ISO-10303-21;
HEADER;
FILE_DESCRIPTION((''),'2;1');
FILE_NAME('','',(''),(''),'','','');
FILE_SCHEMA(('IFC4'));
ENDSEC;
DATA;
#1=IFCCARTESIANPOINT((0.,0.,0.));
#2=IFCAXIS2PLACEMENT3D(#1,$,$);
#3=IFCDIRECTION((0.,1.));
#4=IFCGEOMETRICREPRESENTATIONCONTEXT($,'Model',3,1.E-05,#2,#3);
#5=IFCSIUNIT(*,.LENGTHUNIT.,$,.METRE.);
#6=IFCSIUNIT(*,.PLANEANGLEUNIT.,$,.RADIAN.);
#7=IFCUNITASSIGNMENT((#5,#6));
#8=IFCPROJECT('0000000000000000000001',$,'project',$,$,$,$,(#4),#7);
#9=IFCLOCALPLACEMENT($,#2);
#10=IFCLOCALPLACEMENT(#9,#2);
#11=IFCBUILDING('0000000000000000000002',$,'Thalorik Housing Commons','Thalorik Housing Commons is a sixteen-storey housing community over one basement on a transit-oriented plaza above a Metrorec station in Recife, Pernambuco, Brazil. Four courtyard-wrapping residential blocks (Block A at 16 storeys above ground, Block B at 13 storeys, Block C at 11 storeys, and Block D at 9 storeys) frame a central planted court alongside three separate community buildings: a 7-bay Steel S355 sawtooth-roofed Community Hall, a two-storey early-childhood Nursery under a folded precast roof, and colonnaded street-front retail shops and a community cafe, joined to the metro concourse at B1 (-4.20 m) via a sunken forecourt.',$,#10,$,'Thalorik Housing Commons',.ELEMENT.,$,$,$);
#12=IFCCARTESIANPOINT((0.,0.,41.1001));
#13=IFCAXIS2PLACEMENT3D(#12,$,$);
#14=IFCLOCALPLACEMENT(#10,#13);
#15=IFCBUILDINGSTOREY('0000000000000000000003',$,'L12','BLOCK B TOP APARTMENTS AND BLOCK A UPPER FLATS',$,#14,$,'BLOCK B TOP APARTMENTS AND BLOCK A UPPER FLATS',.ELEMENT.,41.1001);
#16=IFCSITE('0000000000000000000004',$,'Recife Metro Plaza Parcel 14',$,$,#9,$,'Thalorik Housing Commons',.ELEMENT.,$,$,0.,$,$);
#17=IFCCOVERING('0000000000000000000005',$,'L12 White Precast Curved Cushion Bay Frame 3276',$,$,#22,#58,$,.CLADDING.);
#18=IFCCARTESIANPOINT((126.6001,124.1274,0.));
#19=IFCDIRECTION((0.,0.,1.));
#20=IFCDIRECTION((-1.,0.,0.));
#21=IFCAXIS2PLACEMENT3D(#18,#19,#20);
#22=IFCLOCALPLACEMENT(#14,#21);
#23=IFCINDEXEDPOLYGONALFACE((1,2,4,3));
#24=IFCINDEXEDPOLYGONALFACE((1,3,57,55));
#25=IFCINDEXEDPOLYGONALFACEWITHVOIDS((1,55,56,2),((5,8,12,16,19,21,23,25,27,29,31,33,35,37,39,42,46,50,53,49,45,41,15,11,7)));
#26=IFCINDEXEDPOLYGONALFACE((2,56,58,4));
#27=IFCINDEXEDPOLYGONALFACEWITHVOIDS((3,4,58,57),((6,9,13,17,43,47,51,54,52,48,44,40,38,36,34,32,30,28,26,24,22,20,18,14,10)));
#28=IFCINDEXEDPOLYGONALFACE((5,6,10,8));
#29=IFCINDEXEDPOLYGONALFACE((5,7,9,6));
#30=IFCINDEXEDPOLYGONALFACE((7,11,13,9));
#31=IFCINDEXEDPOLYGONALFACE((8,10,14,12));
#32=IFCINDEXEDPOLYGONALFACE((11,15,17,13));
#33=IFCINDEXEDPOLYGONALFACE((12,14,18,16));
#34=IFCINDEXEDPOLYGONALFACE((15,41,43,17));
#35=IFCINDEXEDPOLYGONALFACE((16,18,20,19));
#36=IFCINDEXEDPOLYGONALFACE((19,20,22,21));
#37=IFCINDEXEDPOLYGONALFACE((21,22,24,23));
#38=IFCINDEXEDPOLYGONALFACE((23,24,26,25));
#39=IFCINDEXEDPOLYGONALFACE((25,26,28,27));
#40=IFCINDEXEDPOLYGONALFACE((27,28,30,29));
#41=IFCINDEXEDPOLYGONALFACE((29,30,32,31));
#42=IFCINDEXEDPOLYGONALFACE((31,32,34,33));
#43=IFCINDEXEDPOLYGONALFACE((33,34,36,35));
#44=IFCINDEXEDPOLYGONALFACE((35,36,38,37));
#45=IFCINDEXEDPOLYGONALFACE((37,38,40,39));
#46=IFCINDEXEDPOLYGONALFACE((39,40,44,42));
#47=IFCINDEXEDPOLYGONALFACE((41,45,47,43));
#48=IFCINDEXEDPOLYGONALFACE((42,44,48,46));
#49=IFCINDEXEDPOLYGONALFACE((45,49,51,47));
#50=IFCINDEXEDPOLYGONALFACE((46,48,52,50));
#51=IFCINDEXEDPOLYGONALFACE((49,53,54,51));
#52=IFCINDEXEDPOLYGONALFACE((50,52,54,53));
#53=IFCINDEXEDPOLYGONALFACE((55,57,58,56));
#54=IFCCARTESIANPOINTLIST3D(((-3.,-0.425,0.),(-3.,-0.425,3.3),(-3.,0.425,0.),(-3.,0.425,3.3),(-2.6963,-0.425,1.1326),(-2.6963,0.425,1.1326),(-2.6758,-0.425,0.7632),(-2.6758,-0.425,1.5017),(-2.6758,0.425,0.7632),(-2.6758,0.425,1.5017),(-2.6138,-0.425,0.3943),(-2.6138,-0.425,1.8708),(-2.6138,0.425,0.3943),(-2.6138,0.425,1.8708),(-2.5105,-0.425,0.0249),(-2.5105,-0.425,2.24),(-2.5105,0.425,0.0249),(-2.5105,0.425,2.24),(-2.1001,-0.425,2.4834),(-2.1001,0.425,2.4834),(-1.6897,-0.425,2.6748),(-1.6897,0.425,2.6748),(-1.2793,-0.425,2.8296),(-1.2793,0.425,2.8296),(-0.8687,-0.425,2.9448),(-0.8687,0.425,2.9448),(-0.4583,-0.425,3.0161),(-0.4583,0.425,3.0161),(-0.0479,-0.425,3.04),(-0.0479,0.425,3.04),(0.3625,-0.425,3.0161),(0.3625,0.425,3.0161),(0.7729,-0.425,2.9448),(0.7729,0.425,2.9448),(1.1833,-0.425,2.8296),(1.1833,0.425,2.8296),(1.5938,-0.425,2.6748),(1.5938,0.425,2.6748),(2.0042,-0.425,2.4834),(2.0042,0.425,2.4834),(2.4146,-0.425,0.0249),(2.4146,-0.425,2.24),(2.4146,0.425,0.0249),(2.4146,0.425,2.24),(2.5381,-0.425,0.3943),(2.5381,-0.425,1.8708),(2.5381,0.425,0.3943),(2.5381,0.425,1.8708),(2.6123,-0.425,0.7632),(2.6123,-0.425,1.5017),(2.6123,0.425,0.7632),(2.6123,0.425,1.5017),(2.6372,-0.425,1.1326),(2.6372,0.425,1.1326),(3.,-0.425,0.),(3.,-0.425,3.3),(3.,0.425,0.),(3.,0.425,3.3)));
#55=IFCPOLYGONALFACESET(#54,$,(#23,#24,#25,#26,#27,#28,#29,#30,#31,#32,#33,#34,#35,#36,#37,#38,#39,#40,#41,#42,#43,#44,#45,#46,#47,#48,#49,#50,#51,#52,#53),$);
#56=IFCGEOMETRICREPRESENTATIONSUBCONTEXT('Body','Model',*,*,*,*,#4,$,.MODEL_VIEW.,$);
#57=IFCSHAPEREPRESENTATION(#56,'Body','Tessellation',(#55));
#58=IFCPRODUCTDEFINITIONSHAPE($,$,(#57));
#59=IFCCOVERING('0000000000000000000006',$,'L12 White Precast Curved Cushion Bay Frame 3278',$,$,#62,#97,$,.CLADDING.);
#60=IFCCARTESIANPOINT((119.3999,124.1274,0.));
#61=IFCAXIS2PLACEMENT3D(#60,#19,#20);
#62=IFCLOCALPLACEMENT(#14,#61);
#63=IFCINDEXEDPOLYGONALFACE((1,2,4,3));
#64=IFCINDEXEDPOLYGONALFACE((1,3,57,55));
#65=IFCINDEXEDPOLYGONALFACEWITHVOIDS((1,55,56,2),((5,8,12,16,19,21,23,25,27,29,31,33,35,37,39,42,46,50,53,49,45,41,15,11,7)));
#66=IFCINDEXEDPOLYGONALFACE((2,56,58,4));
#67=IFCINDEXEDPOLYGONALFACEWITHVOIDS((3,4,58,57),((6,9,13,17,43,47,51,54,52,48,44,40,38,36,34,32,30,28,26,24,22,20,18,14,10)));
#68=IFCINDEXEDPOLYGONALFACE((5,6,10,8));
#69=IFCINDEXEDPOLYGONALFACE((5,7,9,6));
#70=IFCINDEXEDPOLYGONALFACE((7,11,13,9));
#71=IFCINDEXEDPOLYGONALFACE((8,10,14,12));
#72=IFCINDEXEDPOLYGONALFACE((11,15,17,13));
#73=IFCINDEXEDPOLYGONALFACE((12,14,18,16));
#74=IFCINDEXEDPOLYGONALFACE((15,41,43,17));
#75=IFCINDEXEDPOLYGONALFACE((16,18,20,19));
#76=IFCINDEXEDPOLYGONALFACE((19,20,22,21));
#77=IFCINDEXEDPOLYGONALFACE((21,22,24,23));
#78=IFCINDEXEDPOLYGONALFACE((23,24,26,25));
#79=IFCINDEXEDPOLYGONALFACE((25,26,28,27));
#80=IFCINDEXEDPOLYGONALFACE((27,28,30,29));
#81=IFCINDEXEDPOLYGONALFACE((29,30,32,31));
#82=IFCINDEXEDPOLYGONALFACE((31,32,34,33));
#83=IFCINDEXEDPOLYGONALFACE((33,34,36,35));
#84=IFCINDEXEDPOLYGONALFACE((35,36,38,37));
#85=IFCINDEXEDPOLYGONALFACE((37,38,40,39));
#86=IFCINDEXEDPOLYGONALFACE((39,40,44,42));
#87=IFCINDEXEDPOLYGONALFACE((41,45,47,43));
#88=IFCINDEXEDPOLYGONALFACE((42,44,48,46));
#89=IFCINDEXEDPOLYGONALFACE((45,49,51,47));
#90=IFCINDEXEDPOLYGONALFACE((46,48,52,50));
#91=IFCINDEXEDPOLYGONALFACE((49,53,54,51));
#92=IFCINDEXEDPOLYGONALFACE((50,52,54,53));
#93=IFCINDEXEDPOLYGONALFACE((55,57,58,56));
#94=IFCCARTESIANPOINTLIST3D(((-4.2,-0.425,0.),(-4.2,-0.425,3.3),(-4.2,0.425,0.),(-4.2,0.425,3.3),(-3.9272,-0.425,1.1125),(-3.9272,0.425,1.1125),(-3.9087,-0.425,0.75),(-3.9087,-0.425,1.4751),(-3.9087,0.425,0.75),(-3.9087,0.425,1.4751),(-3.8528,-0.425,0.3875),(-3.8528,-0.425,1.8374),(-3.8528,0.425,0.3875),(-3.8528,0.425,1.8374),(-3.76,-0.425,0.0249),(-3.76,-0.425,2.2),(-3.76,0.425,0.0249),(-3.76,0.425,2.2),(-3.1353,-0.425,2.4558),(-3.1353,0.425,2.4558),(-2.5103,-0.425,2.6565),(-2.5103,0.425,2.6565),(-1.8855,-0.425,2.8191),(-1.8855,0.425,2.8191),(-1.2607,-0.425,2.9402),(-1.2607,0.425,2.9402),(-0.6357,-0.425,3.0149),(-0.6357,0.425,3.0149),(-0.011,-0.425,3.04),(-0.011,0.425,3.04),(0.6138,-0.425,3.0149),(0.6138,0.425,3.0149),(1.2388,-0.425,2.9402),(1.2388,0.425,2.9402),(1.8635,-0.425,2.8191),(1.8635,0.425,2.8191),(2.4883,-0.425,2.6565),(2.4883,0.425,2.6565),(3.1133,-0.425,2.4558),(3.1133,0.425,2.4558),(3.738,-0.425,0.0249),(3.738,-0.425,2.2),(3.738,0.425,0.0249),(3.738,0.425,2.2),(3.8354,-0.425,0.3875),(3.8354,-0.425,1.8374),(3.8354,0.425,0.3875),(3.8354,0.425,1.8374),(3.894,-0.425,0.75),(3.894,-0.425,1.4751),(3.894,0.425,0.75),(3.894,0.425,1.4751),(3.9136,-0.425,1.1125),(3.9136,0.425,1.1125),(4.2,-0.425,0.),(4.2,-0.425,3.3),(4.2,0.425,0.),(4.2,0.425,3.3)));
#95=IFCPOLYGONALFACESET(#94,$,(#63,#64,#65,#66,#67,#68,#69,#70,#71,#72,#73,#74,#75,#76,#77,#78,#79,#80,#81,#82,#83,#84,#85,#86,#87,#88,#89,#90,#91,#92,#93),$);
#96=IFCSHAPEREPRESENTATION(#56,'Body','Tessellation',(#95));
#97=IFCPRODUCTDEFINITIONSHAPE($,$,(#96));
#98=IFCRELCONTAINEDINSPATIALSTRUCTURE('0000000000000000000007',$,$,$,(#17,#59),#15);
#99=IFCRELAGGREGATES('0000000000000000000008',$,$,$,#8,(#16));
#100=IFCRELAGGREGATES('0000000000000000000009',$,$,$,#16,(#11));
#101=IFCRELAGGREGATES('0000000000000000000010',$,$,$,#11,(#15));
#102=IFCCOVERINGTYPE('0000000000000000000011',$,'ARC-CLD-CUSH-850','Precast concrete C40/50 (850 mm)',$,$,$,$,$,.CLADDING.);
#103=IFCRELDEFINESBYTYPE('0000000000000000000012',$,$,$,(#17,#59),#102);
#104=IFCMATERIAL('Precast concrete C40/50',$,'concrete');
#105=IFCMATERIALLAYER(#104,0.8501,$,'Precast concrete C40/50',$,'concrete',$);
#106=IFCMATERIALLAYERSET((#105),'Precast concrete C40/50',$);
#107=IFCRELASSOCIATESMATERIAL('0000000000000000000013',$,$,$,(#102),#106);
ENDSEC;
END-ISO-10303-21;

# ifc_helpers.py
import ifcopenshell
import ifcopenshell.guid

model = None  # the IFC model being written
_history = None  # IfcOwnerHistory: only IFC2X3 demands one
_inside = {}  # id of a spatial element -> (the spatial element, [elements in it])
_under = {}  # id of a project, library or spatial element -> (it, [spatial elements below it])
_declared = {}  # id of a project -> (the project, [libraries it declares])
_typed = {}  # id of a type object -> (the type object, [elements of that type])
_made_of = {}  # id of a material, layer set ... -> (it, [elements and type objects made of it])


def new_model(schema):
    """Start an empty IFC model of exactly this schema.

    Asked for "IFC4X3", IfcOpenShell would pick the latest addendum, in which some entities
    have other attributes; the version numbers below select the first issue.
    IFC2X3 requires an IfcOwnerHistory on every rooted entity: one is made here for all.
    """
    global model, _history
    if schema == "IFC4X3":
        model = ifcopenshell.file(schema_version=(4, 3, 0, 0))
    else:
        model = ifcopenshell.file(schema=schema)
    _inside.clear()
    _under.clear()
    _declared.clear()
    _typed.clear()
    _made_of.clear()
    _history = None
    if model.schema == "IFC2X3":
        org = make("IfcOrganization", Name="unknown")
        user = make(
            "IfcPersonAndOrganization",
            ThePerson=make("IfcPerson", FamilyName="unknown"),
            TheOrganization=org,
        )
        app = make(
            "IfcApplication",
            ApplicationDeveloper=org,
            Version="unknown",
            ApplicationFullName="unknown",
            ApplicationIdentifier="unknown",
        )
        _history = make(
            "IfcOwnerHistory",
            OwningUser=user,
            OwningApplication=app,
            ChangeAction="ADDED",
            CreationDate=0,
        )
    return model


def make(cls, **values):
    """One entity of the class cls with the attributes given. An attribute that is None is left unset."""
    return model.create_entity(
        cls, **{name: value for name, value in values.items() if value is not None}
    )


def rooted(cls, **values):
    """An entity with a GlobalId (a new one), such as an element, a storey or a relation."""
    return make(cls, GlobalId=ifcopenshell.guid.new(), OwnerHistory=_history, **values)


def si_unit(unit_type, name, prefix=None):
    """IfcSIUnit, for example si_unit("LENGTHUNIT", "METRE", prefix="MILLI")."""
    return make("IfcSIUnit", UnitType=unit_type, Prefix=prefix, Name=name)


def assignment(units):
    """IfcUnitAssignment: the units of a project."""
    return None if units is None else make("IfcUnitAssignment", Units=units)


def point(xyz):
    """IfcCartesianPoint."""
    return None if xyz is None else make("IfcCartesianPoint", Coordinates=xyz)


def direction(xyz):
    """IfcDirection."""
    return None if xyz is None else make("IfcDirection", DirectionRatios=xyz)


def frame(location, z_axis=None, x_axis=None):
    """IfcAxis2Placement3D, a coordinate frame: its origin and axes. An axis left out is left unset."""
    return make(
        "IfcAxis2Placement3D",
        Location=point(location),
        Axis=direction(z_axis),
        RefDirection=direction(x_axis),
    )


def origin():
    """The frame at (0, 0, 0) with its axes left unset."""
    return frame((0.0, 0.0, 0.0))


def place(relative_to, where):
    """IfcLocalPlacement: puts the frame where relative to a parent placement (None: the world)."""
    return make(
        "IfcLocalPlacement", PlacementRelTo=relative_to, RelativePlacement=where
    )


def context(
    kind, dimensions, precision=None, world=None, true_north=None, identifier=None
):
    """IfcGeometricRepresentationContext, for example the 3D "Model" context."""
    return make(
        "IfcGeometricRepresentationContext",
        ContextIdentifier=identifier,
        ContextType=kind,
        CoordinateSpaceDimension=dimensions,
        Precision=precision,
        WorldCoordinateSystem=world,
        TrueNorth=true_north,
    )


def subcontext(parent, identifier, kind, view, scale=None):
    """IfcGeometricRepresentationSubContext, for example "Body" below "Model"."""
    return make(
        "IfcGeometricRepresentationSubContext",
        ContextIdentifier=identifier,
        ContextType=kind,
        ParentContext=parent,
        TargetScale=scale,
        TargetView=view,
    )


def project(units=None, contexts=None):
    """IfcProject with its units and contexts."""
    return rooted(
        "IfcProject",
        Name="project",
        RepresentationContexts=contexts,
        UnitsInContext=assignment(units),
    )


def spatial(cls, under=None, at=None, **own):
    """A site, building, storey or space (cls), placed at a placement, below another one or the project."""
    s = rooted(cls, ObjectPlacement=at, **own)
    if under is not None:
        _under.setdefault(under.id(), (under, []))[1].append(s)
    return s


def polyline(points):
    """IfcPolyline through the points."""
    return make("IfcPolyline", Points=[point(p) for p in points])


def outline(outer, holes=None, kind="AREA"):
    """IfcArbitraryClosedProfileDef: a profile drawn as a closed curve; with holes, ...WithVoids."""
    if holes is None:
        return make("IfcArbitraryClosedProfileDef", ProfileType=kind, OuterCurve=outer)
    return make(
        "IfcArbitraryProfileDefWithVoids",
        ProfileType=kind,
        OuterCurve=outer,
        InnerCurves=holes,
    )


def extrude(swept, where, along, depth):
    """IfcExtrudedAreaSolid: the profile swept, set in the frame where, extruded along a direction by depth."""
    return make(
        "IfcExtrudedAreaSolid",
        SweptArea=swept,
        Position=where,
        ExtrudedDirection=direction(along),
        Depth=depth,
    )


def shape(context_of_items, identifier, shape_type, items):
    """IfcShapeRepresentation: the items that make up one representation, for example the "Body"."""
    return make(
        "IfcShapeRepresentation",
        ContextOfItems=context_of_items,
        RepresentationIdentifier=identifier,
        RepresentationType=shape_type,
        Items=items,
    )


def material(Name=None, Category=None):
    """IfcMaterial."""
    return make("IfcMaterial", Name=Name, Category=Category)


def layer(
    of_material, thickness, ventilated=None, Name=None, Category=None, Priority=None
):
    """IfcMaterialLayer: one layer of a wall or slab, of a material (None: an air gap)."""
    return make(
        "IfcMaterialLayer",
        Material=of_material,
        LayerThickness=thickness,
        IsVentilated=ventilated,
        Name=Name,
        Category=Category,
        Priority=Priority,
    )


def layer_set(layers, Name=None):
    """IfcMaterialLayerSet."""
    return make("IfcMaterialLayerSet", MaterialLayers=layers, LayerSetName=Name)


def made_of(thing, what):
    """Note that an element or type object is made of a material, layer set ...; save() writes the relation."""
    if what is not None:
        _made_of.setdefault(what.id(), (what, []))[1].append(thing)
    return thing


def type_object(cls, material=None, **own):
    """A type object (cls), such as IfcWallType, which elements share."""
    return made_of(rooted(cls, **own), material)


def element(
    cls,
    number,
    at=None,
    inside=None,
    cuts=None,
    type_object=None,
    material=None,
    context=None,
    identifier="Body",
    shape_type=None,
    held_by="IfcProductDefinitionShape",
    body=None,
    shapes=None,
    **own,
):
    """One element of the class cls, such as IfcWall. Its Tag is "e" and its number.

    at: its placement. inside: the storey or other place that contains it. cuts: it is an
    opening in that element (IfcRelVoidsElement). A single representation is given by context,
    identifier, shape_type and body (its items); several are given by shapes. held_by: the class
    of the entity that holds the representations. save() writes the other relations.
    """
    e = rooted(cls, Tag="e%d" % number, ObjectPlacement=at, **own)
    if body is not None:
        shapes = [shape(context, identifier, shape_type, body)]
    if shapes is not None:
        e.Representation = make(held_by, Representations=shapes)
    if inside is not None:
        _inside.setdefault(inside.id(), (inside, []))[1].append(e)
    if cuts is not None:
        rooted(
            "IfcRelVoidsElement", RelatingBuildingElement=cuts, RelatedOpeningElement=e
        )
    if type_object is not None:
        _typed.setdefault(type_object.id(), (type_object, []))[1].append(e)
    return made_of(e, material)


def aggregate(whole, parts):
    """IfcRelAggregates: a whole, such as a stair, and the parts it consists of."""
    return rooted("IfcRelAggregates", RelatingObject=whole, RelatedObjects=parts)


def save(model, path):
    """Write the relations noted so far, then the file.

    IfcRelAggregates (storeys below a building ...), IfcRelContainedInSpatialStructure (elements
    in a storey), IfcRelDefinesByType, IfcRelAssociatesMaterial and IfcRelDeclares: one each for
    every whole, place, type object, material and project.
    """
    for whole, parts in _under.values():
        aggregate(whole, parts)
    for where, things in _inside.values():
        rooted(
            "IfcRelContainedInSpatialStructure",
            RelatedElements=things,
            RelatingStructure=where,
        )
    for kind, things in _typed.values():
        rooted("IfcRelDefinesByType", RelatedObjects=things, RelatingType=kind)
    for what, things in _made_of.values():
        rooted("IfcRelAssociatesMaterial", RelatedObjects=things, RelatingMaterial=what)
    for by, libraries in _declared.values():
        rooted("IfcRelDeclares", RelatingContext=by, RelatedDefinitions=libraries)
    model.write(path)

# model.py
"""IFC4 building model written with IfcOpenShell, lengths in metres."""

from ifc_helpers import new_model, si_unit, direction, frame, origin, place, context, subcontext, project, spatial, polyline, outline, extrude, material, layer, layer_set, type_object, element, save


model = new_model("IFC4")

# Units and contexts
model_context = context("Model", 3, precision=1e-05, world=origin(), true_north=direction((0.0, 1.0)))
body_context = subcontext(model_context, "Body", "Model", "MODEL_VIEW")
ifc_project = project(units=[si_unit("LENGTHUNIT", "METRE"), si_unit("PLANEANGLEUNIT", "RADIAN")], contexts=[model_context])

# Site, building, storey
site_placement = place(None, origin())
site = spatial("IfcSite", under=ifc_project, at=site_placement, Name="Recife Metro Plaza Parcel 14", LongName="Thalorik Housing Commons", CompositionType="ELEMENT", RefElevation=0.0)
building_placement = place(site_placement, origin())
building = spatial("IfcBuilding", under=site, at=building_placement, Name="Thalorik Housing Commons", Description="Thalorik Housing Commons is a sixteen-storey housing community over one basement on a transit-oriented plaza above a Metrorec station in Recife, Pernambuco, Brazil. Four courtyard-wrapping residential blocks (Block A at 16 storeys above ground, Block B at 13 storeys, Block C at 11 storeys, and Block D at 9 storeys) frame a central planted court alongside three separate community buildings: a 7-bay Steel S355 sawtooth-roofed Community Hall, a two-storey early-childhood Nursery under a folded precast roof, and colonnaded street-front retail shops and a community cafe, joined to the metro concourse at B1 (-4.20 m) via a sunken forecourt.", LongName="Thalorik Housing Commons", CompositionType="ELEMENT")
storey_placement = place(building_placement, frame((0.0, 0.0, 41.1001)))
storey = spatial("IfcBuildingStorey", under=building, at=storey_placement, Name="L12", Description="BLOCK B TOP APARTMENTS AND BLOCK A UPPER FLATS", LongName="BLOCK B TOP APARTMENTS AND BLOCK A UPPER FLATS", CompositionType="ELEMENT", Elevation=41.1001)

# Shared definitions
ifc_material_1 = material(Name="Precast concrete C40/50", Category="concrete")

# Coverings
ifc_layer_1 = layer(ifc_material_1, 0.8501, Name="Precast concrete C40/50", Category="concrete")
ifc_layer_set_1 = layer_set([ifc_layer_1], Name="Precast concrete C40/50")
covering_type_1 = type_object("IfcCoveringType", Name="ARC-CLD-CUSH-850", Description="Precast concrete C40/50 (850 mm)", PredefinedType="CLADDING", material=ifc_layer_set_1)
covering_1_placement = place(storey_placement, frame((126.6001, 124.1274, 0.0), z_axis=(0.0, 0.0, 1.0), x_axis=(-1.0, 0.0, 0.0)))
element("IfcCovering", 1, at=covering_1_placement, inside=storey, type_object=covering_type_1, Name="L12 White Precast Curved Cushion Bay Frame 3276", PredefinedType="CLADDING", context=body_context, shape_type="SweptSolid", body=[
    extrude(outline(polyline([(-3.0, 0.0), (3.0, 0.0), (3.0, 3.3), (-3.0, 3.3), (-3.0, 0.0)]), holes=[polyline([(2.4146, 0.0249), (2.5381, 0.3943), (2.6123, 0.7632), (2.6372, 1.1326), (2.6123, 1.5017), (2.5381, 1.8708), (2.4146, 2.24), (2.0042, 2.4834), (1.5938, 2.6748), (1.1833, 2.8296), (0.7729, 2.9448), (0.3625, 3.0161), (-0.0479, 3.04), (-0.4583, 3.0161), (-0.8687, 2.9448), (-1.2793, 2.8296), (-1.6897, 2.6748), (-2.1001, 2.4834), (-2.5105, 2.24), (-2.6138, 1.8708), (-2.6758, 1.5017), (-2.6963, 1.1326), (-2.6758, 0.7632), (-2.6138, 0.3943), (-2.5105, 0.0249), (2.4146, 0.0249)])]), frame((0.0, 0.425, 0.0), z_axis=(0.0, -1.0, 0.0), x_axis=(1.0, 0.0, 0.0)), (0.0, 0.0, 1.0), 0.8501),
])
covering_2_placement = place(storey_placement, frame((119.3999, 124.1274, 0.0), z_axis=(0.0, 0.0, 1.0), x_axis=(-1.0, 0.0, 0.0)))
element("IfcCovering", 2, at=covering_2_placement, inside=storey, type_object=covering_type_1, Name="L12 White Precast Curved Cushion Bay Frame 3278", PredefinedType="CLADDING", context=body_context, shape_type="SweptSolid", body=[
    extrude(outline(polyline([(-4.2, 0.0), (4.2, 0.0), (4.2, 3.3), (-4.2, 3.3), (-4.2, 0.0)]), holes=[polyline([(3.738, 0.0249), (3.8354, 0.3875), (3.894, 0.75), (3.9136, 1.1125), (3.894, 1.4751), (3.8354, 1.8374), (3.738, 2.2), (3.1133, 2.4558), (2.4883, 2.6565), (1.8635, 2.8191), (1.2388, 2.9402), (0.6138, 3.0149), (-0.011, 3.04), (-0.6357, 3.0149), (-1.2607, 2.9402), (-1.8855, 2.8191), (-2.5103, 2.6565), (-3.1353, 2.4558), (-3.76, 2.2), (-3.8528, 1.8374), (-3.9087, 1.4751), (-3.9272, 1.1125), (-3.9087, 0.75), (-3.8528, 0.3875), (-3.76, 0.0249), (3.738, 0.0249)])]), frame((0.0, 0.425, 0.0), z_axis=(0.0, -1.0, 0.0), x_axis=(1.0, 0.0, 0.0)), (0.0, 0.0, 1.0), 0.8501),
])

save(model, "model.ifc")
